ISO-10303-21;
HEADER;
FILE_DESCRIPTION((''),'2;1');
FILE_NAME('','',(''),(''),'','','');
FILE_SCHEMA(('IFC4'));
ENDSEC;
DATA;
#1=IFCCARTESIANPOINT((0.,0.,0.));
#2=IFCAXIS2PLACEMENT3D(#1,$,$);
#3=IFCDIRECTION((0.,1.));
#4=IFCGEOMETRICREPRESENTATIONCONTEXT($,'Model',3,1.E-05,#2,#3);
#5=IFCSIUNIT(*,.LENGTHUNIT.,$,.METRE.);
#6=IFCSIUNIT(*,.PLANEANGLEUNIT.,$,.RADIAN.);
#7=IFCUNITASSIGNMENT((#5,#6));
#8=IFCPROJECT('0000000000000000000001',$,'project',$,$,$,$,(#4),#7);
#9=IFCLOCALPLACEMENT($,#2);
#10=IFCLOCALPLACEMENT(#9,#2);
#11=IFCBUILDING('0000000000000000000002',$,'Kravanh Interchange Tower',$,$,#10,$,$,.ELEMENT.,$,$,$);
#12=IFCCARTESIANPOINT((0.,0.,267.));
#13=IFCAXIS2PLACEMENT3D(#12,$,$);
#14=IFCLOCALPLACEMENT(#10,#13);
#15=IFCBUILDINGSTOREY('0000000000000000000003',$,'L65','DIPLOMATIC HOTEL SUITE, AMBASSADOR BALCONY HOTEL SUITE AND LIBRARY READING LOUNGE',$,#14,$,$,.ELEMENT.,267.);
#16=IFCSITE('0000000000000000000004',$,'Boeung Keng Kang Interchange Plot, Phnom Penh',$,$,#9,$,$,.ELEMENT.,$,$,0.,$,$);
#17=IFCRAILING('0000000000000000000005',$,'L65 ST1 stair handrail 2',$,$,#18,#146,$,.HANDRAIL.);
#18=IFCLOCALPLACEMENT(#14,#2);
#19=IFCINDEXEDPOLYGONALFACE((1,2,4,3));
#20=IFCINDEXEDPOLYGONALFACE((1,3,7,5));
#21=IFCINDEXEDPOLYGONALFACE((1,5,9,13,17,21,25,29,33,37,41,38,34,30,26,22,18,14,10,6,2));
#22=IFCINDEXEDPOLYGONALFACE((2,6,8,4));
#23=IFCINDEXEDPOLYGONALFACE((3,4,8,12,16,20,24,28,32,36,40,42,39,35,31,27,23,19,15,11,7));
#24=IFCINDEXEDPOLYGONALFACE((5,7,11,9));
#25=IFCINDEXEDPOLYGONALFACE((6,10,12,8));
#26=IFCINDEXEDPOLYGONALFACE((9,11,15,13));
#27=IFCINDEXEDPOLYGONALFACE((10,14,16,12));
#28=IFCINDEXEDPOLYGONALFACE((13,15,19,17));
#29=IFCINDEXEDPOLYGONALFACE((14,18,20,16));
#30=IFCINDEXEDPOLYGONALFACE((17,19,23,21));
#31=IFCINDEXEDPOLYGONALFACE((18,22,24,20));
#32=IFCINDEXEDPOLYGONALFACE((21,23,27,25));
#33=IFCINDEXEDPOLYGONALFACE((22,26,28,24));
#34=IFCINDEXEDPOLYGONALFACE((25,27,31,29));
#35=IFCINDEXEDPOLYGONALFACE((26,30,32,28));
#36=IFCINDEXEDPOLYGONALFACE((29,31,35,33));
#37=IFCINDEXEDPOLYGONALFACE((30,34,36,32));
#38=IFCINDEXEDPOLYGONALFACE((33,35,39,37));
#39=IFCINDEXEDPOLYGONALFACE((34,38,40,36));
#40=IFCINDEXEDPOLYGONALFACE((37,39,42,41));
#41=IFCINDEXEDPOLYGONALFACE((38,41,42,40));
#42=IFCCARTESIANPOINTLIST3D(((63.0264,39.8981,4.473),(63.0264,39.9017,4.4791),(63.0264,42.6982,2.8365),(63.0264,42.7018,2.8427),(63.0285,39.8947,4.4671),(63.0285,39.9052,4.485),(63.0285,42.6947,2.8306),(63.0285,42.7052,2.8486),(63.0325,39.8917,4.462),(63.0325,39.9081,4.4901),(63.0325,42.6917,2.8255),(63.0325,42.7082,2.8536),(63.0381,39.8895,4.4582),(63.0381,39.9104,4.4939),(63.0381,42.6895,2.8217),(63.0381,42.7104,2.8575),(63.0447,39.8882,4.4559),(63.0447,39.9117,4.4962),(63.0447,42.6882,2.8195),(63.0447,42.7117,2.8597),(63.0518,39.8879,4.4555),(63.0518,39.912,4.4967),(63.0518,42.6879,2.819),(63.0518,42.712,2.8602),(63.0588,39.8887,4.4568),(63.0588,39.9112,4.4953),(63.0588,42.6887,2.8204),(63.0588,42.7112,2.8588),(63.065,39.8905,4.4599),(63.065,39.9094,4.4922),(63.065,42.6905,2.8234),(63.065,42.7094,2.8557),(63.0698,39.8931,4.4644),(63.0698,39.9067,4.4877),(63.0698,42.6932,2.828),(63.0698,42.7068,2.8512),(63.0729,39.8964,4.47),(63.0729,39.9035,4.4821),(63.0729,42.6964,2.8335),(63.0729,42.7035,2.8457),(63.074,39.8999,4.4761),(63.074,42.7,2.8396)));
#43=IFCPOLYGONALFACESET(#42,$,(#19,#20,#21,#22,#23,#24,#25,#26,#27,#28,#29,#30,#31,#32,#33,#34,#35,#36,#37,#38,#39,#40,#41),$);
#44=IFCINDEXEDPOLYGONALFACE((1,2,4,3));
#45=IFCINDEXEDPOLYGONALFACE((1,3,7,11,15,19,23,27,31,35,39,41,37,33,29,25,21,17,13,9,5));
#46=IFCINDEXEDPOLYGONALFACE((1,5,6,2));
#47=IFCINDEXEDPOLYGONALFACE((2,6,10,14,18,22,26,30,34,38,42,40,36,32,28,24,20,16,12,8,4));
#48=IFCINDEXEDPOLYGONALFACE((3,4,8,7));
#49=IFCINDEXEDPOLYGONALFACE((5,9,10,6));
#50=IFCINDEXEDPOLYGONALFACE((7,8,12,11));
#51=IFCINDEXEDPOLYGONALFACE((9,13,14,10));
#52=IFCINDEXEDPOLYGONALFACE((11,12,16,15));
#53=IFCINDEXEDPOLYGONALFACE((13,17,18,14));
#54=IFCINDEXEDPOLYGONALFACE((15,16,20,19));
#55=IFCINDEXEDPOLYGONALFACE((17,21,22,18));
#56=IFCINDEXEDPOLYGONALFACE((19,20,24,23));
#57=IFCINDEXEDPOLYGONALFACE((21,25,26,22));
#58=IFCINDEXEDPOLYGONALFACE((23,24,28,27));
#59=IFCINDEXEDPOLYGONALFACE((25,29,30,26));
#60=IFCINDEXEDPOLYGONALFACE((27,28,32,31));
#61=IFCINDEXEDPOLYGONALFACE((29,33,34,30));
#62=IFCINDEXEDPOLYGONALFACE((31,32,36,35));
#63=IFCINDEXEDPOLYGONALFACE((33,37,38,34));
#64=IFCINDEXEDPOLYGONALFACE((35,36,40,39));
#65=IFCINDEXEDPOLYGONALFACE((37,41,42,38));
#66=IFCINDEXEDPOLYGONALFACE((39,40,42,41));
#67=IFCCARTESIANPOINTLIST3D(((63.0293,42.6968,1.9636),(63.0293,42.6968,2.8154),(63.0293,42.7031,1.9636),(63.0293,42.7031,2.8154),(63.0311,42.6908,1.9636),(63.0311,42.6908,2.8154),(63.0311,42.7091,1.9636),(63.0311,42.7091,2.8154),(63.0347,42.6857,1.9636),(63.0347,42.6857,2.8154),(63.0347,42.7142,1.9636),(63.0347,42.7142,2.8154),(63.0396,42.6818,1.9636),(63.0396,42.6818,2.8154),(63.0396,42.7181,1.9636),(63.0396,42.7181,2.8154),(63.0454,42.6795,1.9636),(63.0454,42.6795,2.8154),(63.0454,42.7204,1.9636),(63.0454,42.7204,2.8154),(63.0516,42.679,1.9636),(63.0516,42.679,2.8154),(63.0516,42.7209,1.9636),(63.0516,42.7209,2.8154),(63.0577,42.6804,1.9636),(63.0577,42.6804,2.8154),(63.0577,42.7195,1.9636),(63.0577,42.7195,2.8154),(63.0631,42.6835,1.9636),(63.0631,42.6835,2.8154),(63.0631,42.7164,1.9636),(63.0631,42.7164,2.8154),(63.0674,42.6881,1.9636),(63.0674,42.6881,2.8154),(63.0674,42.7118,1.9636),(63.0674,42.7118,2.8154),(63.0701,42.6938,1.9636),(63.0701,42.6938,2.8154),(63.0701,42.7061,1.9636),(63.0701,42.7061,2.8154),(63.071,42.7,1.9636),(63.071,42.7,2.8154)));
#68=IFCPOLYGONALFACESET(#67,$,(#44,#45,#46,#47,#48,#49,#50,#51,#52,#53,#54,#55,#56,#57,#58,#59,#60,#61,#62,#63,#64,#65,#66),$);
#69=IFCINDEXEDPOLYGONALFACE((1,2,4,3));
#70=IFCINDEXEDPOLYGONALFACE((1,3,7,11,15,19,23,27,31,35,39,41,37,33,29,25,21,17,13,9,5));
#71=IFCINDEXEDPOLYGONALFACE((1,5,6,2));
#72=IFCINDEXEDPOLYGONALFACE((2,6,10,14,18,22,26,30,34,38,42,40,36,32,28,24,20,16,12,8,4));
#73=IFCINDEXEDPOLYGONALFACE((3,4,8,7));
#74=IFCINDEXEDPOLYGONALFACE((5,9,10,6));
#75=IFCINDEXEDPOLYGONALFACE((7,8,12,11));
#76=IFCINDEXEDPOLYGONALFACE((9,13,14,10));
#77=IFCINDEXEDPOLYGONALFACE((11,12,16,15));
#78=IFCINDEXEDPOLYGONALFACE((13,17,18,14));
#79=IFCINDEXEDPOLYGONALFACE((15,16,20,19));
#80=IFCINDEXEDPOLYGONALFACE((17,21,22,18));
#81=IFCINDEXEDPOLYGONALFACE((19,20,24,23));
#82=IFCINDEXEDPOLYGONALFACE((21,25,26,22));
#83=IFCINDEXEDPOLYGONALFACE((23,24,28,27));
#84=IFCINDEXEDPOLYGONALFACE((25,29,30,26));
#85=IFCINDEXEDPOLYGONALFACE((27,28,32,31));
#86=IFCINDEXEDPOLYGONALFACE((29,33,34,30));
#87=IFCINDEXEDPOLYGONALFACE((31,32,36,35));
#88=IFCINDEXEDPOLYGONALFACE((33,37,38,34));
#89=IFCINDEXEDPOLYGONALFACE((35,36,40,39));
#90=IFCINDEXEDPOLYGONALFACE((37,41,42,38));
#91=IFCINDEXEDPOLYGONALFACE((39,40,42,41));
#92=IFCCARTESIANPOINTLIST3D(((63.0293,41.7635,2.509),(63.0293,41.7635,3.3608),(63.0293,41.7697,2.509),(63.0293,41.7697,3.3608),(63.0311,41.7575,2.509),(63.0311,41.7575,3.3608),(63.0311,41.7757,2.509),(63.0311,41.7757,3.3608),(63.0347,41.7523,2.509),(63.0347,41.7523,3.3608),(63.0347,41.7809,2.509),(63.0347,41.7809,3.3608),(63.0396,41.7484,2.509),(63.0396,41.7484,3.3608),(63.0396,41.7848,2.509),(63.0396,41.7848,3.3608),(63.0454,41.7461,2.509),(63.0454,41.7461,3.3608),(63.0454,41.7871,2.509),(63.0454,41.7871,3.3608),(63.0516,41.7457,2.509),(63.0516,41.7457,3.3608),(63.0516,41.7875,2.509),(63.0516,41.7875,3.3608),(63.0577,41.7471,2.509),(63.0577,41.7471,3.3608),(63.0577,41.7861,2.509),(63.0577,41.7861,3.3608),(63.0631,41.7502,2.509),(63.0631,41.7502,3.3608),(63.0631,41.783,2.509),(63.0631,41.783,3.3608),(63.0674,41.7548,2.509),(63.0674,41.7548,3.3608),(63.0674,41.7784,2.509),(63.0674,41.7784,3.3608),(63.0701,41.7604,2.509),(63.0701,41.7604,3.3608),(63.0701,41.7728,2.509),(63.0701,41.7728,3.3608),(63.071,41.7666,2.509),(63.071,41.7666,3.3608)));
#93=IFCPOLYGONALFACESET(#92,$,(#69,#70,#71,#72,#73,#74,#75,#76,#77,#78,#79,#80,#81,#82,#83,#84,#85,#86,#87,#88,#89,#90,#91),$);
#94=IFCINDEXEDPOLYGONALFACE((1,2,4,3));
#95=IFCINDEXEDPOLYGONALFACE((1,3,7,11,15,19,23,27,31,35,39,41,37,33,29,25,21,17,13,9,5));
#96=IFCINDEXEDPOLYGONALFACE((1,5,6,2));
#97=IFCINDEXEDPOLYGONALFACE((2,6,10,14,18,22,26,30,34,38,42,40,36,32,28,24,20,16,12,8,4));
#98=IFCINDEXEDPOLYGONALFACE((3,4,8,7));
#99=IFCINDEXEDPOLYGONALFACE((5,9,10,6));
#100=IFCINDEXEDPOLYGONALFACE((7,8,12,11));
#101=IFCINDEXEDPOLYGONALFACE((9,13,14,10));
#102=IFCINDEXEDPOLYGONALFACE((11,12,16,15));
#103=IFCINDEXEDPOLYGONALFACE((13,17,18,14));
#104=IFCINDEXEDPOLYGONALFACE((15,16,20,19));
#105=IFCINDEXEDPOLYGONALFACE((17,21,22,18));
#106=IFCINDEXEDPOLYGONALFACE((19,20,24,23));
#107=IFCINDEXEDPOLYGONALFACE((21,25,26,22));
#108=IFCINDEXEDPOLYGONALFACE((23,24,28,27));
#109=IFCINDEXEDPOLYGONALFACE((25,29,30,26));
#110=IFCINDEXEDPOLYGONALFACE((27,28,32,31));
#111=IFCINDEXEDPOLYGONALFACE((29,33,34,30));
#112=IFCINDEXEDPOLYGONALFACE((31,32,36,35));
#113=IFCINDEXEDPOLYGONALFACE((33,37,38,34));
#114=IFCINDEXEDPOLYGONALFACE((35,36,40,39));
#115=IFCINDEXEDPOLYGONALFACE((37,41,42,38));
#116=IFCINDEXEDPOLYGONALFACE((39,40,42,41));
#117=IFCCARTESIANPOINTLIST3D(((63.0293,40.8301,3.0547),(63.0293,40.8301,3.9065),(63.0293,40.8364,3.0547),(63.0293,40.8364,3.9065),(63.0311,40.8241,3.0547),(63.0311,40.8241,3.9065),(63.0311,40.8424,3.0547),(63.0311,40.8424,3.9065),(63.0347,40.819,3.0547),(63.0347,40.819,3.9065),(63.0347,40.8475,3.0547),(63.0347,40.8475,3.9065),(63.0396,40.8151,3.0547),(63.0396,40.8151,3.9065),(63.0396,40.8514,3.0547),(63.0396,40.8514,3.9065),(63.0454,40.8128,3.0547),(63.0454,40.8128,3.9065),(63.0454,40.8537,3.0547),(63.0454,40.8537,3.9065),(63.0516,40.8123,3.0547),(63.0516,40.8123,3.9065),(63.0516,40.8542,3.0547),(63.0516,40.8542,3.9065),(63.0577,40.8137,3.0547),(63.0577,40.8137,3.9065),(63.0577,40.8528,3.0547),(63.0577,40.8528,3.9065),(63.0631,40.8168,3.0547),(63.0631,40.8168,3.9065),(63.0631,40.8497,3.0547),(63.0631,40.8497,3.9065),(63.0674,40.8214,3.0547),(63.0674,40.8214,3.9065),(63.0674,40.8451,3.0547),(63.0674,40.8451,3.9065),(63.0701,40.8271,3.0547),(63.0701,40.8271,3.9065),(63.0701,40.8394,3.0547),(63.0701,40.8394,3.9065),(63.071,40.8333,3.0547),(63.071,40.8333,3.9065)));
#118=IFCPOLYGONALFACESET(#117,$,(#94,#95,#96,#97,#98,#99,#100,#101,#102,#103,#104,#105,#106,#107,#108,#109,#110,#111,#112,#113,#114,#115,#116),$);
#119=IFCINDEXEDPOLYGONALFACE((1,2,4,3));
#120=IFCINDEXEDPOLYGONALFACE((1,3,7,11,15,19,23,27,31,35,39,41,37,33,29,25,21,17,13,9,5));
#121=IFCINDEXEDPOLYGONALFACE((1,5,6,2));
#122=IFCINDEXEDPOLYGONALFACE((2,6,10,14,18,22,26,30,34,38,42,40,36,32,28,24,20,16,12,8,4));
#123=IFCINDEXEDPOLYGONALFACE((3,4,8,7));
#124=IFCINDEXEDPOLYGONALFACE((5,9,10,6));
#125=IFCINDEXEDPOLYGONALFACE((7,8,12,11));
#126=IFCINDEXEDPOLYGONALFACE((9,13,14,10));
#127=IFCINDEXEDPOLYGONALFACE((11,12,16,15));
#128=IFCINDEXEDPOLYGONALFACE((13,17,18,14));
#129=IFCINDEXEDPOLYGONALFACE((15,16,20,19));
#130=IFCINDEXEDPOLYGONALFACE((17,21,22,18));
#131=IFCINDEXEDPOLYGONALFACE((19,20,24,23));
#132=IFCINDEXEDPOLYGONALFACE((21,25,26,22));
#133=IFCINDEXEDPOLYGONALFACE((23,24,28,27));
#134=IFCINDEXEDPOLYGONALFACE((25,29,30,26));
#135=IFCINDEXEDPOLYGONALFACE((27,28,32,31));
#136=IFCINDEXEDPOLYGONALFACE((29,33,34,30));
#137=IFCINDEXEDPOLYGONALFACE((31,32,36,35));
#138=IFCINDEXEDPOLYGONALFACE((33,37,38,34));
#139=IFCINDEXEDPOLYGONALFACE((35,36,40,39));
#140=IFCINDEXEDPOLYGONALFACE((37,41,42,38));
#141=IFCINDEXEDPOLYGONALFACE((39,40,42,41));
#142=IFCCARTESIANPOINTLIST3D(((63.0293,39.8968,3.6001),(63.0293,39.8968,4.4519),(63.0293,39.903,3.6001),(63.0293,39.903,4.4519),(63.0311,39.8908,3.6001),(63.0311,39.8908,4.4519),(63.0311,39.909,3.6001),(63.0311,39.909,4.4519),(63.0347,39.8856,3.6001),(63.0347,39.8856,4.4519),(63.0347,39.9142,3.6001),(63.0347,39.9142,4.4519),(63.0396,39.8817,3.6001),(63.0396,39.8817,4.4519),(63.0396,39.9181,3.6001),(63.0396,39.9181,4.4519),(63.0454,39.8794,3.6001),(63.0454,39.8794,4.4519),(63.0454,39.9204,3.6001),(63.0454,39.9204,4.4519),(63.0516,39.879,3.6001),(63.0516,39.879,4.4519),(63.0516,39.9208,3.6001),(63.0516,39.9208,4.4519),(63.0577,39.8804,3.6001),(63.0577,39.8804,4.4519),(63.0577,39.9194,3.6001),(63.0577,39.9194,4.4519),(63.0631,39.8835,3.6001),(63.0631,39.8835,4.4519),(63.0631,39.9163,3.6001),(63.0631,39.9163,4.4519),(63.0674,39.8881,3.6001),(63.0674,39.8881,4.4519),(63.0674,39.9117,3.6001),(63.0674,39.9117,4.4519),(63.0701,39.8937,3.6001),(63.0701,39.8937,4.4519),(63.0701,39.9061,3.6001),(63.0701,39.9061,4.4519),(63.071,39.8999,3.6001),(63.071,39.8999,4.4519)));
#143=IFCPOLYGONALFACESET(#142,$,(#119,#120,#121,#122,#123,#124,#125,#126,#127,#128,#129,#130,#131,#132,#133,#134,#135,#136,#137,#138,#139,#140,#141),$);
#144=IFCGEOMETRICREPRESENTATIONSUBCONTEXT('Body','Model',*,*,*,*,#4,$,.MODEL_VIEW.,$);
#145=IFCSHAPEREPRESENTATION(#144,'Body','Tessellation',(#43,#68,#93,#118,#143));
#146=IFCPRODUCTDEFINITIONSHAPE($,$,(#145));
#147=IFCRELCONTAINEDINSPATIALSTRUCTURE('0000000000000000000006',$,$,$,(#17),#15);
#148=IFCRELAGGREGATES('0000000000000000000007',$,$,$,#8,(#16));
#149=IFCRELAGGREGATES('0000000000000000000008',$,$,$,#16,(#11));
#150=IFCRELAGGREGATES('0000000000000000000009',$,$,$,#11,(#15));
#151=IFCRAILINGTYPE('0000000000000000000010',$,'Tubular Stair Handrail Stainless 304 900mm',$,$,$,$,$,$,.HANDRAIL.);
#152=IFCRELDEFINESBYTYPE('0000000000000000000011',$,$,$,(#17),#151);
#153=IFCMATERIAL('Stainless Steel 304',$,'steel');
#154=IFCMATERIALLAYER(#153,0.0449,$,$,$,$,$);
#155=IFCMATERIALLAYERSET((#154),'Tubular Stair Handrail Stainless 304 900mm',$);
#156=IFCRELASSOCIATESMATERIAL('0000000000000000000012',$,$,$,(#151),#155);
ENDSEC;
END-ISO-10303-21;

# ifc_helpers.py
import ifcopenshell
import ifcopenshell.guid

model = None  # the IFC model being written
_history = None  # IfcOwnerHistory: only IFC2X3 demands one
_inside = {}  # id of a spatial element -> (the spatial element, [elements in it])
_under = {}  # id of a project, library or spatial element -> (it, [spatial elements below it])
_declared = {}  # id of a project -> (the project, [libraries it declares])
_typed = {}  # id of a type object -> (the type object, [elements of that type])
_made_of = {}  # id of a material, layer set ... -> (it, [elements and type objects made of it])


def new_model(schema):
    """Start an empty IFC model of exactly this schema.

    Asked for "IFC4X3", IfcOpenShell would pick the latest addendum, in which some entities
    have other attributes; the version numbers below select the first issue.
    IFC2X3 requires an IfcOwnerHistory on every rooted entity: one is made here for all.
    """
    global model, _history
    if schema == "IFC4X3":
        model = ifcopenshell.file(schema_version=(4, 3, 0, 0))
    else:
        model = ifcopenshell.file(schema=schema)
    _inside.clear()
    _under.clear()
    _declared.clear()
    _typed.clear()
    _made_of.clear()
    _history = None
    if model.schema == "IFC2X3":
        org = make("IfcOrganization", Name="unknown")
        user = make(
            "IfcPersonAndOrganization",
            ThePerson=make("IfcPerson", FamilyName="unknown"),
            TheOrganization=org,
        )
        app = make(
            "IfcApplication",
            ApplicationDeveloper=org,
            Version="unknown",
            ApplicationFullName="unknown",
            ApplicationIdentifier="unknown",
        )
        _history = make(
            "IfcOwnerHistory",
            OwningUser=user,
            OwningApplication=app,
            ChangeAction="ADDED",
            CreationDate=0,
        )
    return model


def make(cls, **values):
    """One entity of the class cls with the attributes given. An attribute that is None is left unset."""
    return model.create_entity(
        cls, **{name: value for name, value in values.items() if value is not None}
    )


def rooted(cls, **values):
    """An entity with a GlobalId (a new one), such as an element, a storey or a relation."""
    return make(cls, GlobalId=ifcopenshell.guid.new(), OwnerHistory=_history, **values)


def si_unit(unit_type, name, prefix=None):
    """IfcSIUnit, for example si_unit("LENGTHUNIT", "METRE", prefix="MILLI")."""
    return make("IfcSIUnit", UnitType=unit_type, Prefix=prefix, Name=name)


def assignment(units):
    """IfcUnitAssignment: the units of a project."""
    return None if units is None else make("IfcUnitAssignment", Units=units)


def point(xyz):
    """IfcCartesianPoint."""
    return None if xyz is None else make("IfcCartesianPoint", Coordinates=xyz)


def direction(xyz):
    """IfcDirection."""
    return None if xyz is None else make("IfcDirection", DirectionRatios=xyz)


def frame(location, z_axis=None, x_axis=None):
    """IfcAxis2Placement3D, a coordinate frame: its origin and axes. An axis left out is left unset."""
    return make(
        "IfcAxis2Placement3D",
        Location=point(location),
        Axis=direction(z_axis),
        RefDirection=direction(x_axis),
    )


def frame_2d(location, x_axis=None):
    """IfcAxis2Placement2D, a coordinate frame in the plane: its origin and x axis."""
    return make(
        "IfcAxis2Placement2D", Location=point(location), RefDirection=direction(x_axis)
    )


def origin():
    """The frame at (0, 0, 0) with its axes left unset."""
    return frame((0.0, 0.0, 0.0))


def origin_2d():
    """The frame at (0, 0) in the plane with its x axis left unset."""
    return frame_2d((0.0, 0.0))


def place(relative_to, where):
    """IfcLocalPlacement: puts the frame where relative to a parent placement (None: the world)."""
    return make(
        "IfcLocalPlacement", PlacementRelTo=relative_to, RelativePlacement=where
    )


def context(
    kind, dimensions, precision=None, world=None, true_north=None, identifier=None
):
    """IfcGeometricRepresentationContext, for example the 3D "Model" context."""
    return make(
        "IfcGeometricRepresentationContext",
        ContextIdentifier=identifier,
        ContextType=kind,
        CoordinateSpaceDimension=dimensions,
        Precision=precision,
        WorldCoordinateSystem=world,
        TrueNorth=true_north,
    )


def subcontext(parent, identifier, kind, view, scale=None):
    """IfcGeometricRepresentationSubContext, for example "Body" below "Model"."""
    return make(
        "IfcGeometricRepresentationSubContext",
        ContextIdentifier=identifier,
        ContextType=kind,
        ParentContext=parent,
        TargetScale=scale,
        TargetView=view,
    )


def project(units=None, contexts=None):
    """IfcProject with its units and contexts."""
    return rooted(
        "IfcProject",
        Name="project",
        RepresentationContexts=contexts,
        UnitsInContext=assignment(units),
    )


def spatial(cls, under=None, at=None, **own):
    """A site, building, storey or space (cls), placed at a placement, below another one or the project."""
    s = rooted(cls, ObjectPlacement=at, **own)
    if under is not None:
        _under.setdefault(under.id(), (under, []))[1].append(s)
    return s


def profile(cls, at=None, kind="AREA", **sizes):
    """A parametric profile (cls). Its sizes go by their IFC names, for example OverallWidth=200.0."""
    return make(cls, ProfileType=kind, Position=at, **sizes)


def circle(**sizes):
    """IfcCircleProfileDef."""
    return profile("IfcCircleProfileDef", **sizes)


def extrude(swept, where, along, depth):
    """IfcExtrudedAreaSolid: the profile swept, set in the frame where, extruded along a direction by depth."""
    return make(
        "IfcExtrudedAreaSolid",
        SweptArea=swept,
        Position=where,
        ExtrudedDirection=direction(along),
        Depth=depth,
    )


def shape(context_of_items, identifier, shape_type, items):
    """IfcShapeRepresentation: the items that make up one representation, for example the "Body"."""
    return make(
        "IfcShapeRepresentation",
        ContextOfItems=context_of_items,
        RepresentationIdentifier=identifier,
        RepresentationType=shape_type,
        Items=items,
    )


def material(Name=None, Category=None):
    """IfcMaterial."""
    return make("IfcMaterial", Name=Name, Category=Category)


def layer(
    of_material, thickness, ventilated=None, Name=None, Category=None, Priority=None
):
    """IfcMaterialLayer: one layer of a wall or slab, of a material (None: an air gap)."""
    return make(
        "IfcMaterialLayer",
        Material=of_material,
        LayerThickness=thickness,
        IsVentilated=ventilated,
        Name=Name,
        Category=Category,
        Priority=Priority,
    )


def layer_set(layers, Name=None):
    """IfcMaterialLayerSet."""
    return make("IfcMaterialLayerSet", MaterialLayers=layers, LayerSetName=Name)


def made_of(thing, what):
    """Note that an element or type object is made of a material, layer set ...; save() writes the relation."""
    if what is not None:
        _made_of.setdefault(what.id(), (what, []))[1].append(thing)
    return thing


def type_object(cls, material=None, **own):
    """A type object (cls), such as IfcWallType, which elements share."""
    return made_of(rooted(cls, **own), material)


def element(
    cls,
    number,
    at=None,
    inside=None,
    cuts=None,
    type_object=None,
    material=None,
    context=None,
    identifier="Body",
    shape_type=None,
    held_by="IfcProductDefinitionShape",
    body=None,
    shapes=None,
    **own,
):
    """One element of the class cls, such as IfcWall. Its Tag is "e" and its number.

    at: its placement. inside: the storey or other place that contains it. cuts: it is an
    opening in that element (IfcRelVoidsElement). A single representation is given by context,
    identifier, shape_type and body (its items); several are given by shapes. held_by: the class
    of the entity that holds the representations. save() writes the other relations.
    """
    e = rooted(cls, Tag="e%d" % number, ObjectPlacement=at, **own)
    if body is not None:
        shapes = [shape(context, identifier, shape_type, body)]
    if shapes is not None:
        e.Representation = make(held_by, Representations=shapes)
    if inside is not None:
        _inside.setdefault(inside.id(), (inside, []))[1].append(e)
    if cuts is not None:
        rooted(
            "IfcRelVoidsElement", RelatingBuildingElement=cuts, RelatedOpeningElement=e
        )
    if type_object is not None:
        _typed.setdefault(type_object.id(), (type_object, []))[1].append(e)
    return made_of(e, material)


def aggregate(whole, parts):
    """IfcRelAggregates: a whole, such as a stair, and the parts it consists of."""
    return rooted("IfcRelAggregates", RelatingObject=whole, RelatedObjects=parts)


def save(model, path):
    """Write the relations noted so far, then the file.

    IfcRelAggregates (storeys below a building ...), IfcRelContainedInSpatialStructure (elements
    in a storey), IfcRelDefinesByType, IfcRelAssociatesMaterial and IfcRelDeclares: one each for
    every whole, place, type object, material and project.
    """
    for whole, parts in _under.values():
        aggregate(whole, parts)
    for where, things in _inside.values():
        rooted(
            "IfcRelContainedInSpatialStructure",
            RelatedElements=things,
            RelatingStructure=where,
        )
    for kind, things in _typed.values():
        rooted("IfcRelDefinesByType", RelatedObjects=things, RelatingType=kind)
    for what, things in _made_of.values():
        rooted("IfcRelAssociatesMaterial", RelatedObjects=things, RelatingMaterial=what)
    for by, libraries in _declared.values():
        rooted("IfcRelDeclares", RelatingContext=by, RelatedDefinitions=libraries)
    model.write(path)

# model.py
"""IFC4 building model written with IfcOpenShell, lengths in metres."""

from ifc_helpers import new_model, si_unit, direction, frame, origin, origin_2d, place, context, subcontext, project, spatial, circle, extrude, material, layer, layer_set, type_object, element, save


model = new_model("IFC4")

# Units and contexts
model_context = context("Model", 3, precision=1e-05, world=origin(), true_north=direction((0.0, 1.0)))
body_context = subcontext(model_context, "Body", "Model", "MODEL_VIEW")
ifc_project = project(units=[si_unit("LENGTHUNIT", "METRE"), si_unit("PLANEANGLEUNIT", "RADIAN")], contexts=[model_context])

# Site, building, storey
site_placement = place(None, origin())
site = spatial("IfcSite", under=ifc_project, at=site_placement, Name="Boeung Keng Kang Interchange Plot, Phnom Penh", CompositionType="ELEMENT", RefElevation=0.0)
building_placement = place(site_placement, origin())
building = spatial("IfcBuilding", under=site, at=building_placement, Name="Kravanh Interchange Tower", CompositionType="ELEMENT")
storey_placement = place(building_placement, frame((0.0, 0.0, 267.0)))
storey = spatial("IfcBuildingStorey", under=building, at=storey_placement, Name="L65", Description="DIPLOMATIC HOTEL SUITE, AMBASSADOR BALCONY HOTEL SUITE AND LIBRARY READING LOUNGE", CompositionType="ELEMENT", Elevation=267.0)

# Railing
ifc_material_1 = material(Name="Stainless Steel 304", Category="steel")
ifc_layer_1 = layer(ifc_material_1, 0.0449)
ifc_layer_set_1 = layer_set([ifc_layer_1], Name="Tubular Stair Handrail Stainless 304 900mm")
railing_type_1 = type_object("IfcRailingType", Name="Tubular Stair Handrail Stainless 304 900mm", PredefinedType="HANDRAIL", material=ifc_layer_set_1)
railing_1_placement = place(storey_placement, frame((63.05, 42.7, 1.9636)))
element("IfcRailing", 1, at=railing_1_placement, inside=storey, type_object=railing_type_1, Name="L65 ST1 stair handrail 2", PredefinedType="HANDRAIL", context=body_context, shape_type="SweptSolid", body=[
    extrude(circle(Radius=0.0239, at=origin_2d()), frame((0.0, 0.0, 0.876), z_axis=(0.0, -0.863361, 0.504587), x_axis=(1.0, 0.0, 0.0)), (0.0, 0.0, 1.0), 3.2432),
    extrude(circle(Radius=0.021, at=origin_2d()), origin(), (0.0, 0.0, 1.0), 0.8518),
    extrude(circle(Radius=0.021, at=origin_2d()), frame((0.0, -0.9333, 0.5454)), (0.0, 0.0, 1.0), 0.8518),
    extrude(circle(Radius=0.021, at=origin_2d()), frame((0.0, -1.8667, 1.0911)), (0.0, 0.0, 1.0), 0.8518),
    extrude(circle(Radius=0.021, at=origin_2d()), frame((0.0, -2.8, 1.6365)), (0.0, 0.0, 1.0), 0.8518),
])

save(model, "model.ifc")
